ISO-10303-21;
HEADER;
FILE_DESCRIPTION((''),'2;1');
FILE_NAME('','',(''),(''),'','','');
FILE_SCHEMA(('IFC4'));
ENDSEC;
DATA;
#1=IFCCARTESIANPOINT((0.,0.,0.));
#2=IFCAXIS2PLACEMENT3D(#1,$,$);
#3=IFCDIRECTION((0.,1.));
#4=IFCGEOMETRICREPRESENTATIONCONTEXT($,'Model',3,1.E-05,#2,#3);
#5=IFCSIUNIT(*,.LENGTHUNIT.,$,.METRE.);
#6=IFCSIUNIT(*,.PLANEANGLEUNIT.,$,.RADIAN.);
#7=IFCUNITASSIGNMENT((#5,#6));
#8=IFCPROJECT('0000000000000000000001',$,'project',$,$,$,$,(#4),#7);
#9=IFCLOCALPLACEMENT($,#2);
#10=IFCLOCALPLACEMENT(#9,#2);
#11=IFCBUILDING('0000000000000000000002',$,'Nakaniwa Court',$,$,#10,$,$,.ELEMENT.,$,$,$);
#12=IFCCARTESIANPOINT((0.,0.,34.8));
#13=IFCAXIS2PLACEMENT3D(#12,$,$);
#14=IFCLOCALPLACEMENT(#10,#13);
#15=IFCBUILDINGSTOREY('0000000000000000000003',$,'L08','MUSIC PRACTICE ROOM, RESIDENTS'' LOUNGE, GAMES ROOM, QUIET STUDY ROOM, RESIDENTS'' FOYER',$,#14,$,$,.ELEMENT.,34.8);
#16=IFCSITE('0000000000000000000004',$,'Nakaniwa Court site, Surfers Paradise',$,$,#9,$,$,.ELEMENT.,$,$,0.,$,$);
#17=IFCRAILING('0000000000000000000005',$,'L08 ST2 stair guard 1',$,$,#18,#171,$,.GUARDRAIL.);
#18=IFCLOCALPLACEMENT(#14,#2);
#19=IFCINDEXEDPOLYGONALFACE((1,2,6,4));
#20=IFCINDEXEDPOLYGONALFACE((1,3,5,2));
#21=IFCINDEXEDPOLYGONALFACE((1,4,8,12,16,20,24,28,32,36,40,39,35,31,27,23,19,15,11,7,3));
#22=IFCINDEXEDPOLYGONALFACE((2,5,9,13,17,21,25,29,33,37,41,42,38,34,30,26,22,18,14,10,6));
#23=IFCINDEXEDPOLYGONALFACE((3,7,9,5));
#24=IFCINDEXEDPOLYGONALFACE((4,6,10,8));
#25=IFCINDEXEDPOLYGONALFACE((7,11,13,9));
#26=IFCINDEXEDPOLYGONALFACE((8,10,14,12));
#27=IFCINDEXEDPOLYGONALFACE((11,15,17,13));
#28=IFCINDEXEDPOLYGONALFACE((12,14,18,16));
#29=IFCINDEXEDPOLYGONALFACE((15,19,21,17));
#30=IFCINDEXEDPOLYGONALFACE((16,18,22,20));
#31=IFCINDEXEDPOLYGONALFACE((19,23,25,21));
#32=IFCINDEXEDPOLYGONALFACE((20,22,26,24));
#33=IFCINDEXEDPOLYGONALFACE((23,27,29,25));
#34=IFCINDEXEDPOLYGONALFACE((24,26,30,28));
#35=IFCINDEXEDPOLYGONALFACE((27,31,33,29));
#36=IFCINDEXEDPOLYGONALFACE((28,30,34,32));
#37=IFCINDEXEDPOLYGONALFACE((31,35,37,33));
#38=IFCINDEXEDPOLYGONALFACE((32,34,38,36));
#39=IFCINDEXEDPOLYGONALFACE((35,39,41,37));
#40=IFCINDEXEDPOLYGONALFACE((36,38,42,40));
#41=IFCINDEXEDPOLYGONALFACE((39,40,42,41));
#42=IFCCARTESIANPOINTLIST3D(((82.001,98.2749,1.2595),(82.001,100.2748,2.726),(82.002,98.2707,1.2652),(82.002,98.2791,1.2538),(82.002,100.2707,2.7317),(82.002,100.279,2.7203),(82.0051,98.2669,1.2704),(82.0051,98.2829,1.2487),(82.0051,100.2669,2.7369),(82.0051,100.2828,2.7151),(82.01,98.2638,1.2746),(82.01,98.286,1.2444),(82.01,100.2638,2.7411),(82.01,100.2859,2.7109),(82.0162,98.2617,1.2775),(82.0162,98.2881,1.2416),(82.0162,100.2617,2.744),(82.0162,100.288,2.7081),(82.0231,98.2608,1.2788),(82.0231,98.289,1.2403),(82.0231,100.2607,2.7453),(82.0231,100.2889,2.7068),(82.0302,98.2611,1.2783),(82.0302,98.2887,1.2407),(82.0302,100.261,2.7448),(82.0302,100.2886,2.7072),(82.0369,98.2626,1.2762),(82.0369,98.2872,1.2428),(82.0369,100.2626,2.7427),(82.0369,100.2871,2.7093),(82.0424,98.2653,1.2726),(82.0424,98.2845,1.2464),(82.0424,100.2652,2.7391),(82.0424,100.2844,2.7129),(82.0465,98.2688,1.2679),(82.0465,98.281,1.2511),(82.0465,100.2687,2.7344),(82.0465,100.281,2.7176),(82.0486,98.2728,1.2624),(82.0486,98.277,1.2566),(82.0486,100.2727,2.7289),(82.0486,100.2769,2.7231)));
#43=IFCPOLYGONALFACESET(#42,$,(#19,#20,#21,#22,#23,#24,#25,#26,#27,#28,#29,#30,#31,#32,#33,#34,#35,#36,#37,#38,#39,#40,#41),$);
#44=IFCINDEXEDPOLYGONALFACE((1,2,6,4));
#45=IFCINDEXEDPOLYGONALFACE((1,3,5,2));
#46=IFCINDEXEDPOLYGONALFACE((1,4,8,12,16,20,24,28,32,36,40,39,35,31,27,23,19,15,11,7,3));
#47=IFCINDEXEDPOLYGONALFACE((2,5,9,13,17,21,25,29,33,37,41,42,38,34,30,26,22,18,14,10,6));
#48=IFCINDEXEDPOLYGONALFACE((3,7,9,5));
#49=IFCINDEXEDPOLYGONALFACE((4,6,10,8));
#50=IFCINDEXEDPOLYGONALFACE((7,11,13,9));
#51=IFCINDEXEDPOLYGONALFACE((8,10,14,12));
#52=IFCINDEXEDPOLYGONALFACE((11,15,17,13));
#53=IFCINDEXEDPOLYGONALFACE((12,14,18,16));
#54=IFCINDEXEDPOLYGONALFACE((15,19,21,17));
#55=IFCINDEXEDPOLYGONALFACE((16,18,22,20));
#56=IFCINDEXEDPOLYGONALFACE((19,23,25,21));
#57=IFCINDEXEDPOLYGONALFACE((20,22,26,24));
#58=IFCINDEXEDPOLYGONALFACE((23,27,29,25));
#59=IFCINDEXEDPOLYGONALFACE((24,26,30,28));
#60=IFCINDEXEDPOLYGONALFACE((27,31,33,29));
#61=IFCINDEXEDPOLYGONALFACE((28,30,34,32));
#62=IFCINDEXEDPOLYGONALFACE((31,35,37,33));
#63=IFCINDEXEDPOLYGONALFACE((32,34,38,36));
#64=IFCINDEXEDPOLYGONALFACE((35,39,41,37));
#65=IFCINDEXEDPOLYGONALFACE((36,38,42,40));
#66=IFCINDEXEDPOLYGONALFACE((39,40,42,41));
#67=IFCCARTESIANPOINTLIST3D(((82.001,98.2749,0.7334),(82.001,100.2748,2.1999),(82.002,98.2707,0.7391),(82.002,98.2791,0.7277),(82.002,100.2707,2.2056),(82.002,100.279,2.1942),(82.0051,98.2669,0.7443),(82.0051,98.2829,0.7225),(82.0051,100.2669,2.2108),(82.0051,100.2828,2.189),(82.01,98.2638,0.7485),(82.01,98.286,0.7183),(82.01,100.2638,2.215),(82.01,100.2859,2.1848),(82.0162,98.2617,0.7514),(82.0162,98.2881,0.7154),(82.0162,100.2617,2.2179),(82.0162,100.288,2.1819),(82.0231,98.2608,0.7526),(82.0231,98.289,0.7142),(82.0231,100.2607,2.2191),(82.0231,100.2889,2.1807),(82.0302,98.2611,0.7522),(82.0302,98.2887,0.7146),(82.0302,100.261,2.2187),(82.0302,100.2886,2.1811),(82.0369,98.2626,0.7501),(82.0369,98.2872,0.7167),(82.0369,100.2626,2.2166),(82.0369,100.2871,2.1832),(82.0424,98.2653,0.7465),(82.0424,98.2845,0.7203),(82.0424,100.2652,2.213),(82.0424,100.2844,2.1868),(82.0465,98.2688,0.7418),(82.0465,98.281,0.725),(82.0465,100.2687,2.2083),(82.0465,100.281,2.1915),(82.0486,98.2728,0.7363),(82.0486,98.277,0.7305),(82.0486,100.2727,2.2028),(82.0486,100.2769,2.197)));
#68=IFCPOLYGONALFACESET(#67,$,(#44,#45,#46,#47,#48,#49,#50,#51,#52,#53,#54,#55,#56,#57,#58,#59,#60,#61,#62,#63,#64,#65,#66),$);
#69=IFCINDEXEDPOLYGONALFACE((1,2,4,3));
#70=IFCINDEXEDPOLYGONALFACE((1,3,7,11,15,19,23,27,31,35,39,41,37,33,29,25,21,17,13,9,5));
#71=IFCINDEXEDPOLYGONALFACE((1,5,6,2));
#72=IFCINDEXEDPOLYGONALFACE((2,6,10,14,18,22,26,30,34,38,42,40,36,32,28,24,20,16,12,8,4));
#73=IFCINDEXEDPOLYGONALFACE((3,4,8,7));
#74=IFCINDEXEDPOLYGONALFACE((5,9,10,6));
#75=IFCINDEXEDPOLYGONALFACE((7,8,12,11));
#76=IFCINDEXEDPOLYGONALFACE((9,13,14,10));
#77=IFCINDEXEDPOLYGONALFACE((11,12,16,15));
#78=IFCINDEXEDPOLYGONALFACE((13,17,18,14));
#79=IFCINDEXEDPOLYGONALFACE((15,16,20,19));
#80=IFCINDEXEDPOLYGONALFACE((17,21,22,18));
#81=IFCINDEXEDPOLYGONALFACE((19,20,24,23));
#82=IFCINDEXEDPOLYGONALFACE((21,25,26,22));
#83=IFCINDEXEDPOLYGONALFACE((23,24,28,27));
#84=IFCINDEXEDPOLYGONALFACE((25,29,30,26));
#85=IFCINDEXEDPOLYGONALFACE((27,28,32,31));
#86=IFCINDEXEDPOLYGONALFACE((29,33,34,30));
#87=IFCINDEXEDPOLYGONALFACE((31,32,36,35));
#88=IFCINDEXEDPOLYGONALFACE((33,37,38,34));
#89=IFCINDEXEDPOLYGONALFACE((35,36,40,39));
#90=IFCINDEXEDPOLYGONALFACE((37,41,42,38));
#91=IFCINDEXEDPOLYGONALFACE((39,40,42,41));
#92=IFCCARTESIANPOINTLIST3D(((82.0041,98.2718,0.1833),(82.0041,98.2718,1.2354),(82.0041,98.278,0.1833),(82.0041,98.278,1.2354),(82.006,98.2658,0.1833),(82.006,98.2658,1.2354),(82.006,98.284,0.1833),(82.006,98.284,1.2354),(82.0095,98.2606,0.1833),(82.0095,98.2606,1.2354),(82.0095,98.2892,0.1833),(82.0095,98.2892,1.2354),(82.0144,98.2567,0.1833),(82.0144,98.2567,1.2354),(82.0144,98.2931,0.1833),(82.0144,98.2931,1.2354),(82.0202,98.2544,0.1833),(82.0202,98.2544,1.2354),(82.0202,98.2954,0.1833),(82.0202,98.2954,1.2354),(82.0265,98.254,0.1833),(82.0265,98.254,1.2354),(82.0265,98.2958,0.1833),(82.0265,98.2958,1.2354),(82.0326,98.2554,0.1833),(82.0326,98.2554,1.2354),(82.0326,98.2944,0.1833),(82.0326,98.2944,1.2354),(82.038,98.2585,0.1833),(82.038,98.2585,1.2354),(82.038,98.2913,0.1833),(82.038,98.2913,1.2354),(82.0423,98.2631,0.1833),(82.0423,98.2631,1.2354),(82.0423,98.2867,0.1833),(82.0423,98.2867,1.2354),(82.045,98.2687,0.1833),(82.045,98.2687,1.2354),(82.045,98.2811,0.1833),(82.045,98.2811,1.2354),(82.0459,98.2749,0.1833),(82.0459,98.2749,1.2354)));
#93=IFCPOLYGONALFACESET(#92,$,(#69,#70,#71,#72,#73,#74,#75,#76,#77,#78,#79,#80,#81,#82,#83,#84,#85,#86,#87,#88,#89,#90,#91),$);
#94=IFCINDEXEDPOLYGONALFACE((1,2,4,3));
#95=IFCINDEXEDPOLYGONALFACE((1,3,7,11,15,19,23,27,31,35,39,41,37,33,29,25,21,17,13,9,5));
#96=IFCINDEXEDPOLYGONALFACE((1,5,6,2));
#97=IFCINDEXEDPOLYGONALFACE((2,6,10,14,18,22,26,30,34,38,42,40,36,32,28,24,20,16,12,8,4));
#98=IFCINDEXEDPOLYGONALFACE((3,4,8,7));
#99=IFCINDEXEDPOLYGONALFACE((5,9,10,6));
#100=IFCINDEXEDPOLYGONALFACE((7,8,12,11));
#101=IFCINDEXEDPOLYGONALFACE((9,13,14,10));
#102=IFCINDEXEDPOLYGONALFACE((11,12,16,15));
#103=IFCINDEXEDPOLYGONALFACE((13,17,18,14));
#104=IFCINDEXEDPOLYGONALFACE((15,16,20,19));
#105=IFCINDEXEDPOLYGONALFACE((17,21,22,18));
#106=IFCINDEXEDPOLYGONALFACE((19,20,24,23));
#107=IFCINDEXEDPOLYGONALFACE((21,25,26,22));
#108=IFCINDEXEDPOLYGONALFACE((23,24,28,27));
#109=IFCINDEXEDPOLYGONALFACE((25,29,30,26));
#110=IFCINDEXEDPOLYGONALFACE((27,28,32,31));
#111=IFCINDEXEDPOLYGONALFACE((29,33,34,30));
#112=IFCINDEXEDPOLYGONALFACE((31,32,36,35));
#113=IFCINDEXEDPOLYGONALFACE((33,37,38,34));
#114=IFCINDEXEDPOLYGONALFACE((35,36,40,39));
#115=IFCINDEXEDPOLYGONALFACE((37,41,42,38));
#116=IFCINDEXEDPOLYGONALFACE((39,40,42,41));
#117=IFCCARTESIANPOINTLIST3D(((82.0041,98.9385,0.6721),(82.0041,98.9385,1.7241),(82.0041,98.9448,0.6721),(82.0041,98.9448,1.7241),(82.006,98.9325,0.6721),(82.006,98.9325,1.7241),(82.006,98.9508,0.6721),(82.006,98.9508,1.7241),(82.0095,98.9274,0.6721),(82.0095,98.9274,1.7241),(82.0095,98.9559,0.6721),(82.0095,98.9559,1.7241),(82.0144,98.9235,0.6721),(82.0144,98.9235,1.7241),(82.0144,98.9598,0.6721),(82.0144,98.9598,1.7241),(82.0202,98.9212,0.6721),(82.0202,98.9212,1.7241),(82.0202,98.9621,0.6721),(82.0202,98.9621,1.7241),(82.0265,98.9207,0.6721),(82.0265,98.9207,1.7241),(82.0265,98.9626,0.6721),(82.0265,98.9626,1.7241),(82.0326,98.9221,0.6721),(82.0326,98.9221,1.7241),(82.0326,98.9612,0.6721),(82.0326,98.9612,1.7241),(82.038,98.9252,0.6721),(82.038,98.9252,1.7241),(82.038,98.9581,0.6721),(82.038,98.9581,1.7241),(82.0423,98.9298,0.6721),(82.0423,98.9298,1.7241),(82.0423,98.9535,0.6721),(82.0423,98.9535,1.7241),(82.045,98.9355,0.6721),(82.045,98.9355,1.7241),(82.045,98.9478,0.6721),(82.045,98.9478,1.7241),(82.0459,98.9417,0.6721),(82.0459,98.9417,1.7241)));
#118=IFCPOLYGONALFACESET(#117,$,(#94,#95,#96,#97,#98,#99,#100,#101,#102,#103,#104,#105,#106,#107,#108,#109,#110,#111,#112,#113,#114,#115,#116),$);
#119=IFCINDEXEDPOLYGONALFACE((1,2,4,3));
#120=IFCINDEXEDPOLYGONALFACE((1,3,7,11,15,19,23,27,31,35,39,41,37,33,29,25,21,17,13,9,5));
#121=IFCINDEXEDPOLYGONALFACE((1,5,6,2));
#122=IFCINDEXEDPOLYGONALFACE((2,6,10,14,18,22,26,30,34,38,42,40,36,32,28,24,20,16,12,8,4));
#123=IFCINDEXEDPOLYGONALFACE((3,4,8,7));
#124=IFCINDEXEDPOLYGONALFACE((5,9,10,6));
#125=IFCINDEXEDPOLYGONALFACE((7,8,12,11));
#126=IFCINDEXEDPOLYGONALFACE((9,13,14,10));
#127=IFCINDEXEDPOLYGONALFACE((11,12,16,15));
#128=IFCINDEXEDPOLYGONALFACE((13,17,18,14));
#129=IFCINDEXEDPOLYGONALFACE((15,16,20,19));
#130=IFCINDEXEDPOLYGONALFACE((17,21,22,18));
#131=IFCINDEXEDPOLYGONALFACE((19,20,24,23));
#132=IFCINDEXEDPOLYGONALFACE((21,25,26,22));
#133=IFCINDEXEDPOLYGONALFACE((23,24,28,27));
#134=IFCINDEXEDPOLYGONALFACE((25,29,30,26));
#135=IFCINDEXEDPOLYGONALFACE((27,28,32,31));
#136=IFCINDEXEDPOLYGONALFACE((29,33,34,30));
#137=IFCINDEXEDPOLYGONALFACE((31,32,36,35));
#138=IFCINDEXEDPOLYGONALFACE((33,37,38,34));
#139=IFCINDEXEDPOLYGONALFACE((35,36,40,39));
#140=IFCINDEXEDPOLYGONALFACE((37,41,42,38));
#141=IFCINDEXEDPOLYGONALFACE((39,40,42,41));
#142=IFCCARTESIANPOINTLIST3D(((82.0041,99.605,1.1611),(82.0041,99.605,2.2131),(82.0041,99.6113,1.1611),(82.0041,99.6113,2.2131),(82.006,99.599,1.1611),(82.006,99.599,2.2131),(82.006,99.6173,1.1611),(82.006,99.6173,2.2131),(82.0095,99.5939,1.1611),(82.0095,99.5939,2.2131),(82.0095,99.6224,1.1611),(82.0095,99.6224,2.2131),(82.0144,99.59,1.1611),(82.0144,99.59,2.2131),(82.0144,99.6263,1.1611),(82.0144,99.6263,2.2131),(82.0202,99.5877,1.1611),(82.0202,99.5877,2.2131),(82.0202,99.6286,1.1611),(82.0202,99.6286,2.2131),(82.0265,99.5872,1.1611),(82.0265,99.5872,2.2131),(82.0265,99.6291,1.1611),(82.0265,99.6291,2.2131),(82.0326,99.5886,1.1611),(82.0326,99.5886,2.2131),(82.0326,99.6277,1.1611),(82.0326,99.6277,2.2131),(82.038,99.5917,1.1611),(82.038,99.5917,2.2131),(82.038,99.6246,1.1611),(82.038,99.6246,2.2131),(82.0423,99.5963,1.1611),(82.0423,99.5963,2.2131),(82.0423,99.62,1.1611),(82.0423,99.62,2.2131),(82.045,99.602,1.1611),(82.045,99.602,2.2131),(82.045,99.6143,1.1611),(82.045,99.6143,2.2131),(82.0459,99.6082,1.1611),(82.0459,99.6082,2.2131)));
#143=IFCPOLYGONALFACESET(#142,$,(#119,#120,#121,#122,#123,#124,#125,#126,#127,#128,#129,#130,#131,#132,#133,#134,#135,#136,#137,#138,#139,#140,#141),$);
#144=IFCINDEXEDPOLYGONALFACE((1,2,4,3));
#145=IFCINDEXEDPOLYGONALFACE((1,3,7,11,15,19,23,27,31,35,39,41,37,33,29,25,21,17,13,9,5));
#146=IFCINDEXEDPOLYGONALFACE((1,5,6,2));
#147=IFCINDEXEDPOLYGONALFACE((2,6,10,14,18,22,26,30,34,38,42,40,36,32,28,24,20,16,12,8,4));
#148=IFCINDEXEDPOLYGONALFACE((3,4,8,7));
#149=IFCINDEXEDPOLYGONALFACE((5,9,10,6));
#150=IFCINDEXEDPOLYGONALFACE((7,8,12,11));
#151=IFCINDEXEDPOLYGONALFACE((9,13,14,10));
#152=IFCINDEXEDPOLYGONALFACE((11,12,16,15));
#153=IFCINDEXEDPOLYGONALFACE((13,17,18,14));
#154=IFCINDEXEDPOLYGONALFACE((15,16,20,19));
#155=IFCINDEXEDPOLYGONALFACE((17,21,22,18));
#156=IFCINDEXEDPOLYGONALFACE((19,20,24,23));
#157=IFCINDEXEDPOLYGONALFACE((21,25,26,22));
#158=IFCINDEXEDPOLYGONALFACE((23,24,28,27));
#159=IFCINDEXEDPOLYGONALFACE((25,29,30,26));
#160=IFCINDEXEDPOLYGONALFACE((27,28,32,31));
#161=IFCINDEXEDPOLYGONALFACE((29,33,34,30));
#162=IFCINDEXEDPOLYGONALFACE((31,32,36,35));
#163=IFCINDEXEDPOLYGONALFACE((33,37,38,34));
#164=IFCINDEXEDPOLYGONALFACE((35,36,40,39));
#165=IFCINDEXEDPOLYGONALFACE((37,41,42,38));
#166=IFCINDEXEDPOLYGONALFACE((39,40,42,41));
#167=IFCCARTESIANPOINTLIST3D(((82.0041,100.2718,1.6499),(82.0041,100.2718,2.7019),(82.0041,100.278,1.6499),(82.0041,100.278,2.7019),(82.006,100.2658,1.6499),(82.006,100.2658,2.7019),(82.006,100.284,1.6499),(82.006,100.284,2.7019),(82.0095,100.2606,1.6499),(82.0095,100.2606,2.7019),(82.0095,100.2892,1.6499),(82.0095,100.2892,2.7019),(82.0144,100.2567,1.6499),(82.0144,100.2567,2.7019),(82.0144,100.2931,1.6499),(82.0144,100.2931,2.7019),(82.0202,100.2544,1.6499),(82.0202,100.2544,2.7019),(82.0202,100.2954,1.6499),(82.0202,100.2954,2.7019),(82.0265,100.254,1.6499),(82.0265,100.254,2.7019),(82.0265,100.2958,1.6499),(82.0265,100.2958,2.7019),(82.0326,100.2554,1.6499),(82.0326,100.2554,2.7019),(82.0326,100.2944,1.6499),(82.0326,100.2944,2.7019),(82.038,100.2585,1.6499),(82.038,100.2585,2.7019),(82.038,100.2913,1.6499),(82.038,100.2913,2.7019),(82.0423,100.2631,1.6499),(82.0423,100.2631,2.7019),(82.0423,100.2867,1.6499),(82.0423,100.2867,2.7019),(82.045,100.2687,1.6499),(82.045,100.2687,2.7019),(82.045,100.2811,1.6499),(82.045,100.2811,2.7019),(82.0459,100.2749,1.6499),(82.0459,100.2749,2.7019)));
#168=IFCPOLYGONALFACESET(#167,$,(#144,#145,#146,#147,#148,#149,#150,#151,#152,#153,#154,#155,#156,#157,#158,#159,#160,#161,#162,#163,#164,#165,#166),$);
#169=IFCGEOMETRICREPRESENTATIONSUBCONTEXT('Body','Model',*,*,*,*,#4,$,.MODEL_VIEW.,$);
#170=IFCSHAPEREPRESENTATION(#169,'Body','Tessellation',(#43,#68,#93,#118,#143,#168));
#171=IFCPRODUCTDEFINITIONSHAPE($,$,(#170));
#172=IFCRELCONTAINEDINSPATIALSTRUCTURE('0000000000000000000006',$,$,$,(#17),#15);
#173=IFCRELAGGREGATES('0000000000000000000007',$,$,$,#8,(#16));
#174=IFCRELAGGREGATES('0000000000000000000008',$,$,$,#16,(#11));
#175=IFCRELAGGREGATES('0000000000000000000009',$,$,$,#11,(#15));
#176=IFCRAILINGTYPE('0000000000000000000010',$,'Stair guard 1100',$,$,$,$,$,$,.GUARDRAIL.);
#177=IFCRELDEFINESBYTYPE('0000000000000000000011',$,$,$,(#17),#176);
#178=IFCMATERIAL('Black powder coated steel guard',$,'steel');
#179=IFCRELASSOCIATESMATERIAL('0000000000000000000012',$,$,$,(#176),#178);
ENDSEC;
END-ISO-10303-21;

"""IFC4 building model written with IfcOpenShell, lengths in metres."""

from ifc_helpers import new_model, si_unit, direction, frame, origin, origin_2d, place, context, subcontext, project, spatial, circle, extrude, material, type_object, element, save


model = new_model("IFC4")

# Units and contexts
model_context = context("Model", 3, precision=1e-05, world=origin(), true_north=direction((0.0, 1.0)))
body_context = subcontext(model_context, "Body", "Model", "MODEL_VIEW")
ifc_project = project(units=[si_unit("LENGTHUNIT", "METRE"), si_unit("PLANEANGLEUNIT", "RADIAN")], contexts=[model_context])

# Site, building, storey
site_placement = place(None, origin())
site = spatial("IfcSite", under=ifc_project, at=site_placement, Name="Nakaniwa Court site, Surfers Paradise", CompositionType="ELEMENT", RefElevation=0.0)
building_placement = place(site_placement, origin())
building = spatial("IfcBuilding", under=site, at=building_placement, Name="Nakaniwa Court", CompositionType="ELEMENT")
storey_placement = place(building_placement, frame((0.0, 0.0, 34.8)))
storey = spatial("IfcBuildingStorey", under=building, at=storey_placement, Name="L08", Description="MUSIC PRACTICE ROOM, RESIDENTS' LOUNGE, GAMES ROOM, QUIET STUDY ROOM, RESIDENTS' FOYER", CompositionType="ELEMENT", Elevation=34.8)

# Railing
ifc_material_1 = material(Name="Black powder coated steel guard", Category="steel")
railing_type_1 = type_object("IfcRailingType", Name="Stair guard 1100", PredefinedType="GUARDRAIL", material=ifc_material_1)
railing_1_placement = place(storey_placement, frame((82.0249, 98.2749, 0.1833)))
element("IfcRailing", 1, at=railing_1_placement, inside=storey, type_object=railing_type_1, Name="L08 ST2 stair guard 1", PredefinedType="GUARDRAIL", context=body_context, shape_type="SweptSolid", body=[
    extrude(circle(Radius=0.0239, at=origin_2d()), frame((0.0, 0.0, 1.0762), z_axis=(0.0, 0.806427, 0.591334), x_axis=(-1.0, 0.0, 0.0)), (0.0, 0.0, 1.0), 2.48),
    extrude(circle(Radius=0.0239, at=origin_2d()), frame((0.0, 0.0, 0.55), z_axis=(0.0, 0.806427, 0.591334), x_axis=(-1.0, 0.0, 0.0)), (0.0, 0.0, 1.0), 2.48),
    extrude(circle(Radius=0.021, at=origin_2d()), origin(), (0.0, 0.0, 1.0), 1.052),
    extrude(circle(Radius=0.021, at=origin_2d()), frame((0.0, 0.6667, 0.4888)), (0.0, 0.0, 1.0), 1.052),
    extrude(circle(Radius=0.021, at=origin_2d()), frame((0.0, 1.3333, 0.9778)), (0.0, 0.0, 1.0), 1.052),
    extrude(circle(Radius=0.021, at=origin_2d()), frame((0.0, 2.0, 1.4666)), (0.0, 0.0, 1.0), 1.052),
])

save(model, "model.ifc")
